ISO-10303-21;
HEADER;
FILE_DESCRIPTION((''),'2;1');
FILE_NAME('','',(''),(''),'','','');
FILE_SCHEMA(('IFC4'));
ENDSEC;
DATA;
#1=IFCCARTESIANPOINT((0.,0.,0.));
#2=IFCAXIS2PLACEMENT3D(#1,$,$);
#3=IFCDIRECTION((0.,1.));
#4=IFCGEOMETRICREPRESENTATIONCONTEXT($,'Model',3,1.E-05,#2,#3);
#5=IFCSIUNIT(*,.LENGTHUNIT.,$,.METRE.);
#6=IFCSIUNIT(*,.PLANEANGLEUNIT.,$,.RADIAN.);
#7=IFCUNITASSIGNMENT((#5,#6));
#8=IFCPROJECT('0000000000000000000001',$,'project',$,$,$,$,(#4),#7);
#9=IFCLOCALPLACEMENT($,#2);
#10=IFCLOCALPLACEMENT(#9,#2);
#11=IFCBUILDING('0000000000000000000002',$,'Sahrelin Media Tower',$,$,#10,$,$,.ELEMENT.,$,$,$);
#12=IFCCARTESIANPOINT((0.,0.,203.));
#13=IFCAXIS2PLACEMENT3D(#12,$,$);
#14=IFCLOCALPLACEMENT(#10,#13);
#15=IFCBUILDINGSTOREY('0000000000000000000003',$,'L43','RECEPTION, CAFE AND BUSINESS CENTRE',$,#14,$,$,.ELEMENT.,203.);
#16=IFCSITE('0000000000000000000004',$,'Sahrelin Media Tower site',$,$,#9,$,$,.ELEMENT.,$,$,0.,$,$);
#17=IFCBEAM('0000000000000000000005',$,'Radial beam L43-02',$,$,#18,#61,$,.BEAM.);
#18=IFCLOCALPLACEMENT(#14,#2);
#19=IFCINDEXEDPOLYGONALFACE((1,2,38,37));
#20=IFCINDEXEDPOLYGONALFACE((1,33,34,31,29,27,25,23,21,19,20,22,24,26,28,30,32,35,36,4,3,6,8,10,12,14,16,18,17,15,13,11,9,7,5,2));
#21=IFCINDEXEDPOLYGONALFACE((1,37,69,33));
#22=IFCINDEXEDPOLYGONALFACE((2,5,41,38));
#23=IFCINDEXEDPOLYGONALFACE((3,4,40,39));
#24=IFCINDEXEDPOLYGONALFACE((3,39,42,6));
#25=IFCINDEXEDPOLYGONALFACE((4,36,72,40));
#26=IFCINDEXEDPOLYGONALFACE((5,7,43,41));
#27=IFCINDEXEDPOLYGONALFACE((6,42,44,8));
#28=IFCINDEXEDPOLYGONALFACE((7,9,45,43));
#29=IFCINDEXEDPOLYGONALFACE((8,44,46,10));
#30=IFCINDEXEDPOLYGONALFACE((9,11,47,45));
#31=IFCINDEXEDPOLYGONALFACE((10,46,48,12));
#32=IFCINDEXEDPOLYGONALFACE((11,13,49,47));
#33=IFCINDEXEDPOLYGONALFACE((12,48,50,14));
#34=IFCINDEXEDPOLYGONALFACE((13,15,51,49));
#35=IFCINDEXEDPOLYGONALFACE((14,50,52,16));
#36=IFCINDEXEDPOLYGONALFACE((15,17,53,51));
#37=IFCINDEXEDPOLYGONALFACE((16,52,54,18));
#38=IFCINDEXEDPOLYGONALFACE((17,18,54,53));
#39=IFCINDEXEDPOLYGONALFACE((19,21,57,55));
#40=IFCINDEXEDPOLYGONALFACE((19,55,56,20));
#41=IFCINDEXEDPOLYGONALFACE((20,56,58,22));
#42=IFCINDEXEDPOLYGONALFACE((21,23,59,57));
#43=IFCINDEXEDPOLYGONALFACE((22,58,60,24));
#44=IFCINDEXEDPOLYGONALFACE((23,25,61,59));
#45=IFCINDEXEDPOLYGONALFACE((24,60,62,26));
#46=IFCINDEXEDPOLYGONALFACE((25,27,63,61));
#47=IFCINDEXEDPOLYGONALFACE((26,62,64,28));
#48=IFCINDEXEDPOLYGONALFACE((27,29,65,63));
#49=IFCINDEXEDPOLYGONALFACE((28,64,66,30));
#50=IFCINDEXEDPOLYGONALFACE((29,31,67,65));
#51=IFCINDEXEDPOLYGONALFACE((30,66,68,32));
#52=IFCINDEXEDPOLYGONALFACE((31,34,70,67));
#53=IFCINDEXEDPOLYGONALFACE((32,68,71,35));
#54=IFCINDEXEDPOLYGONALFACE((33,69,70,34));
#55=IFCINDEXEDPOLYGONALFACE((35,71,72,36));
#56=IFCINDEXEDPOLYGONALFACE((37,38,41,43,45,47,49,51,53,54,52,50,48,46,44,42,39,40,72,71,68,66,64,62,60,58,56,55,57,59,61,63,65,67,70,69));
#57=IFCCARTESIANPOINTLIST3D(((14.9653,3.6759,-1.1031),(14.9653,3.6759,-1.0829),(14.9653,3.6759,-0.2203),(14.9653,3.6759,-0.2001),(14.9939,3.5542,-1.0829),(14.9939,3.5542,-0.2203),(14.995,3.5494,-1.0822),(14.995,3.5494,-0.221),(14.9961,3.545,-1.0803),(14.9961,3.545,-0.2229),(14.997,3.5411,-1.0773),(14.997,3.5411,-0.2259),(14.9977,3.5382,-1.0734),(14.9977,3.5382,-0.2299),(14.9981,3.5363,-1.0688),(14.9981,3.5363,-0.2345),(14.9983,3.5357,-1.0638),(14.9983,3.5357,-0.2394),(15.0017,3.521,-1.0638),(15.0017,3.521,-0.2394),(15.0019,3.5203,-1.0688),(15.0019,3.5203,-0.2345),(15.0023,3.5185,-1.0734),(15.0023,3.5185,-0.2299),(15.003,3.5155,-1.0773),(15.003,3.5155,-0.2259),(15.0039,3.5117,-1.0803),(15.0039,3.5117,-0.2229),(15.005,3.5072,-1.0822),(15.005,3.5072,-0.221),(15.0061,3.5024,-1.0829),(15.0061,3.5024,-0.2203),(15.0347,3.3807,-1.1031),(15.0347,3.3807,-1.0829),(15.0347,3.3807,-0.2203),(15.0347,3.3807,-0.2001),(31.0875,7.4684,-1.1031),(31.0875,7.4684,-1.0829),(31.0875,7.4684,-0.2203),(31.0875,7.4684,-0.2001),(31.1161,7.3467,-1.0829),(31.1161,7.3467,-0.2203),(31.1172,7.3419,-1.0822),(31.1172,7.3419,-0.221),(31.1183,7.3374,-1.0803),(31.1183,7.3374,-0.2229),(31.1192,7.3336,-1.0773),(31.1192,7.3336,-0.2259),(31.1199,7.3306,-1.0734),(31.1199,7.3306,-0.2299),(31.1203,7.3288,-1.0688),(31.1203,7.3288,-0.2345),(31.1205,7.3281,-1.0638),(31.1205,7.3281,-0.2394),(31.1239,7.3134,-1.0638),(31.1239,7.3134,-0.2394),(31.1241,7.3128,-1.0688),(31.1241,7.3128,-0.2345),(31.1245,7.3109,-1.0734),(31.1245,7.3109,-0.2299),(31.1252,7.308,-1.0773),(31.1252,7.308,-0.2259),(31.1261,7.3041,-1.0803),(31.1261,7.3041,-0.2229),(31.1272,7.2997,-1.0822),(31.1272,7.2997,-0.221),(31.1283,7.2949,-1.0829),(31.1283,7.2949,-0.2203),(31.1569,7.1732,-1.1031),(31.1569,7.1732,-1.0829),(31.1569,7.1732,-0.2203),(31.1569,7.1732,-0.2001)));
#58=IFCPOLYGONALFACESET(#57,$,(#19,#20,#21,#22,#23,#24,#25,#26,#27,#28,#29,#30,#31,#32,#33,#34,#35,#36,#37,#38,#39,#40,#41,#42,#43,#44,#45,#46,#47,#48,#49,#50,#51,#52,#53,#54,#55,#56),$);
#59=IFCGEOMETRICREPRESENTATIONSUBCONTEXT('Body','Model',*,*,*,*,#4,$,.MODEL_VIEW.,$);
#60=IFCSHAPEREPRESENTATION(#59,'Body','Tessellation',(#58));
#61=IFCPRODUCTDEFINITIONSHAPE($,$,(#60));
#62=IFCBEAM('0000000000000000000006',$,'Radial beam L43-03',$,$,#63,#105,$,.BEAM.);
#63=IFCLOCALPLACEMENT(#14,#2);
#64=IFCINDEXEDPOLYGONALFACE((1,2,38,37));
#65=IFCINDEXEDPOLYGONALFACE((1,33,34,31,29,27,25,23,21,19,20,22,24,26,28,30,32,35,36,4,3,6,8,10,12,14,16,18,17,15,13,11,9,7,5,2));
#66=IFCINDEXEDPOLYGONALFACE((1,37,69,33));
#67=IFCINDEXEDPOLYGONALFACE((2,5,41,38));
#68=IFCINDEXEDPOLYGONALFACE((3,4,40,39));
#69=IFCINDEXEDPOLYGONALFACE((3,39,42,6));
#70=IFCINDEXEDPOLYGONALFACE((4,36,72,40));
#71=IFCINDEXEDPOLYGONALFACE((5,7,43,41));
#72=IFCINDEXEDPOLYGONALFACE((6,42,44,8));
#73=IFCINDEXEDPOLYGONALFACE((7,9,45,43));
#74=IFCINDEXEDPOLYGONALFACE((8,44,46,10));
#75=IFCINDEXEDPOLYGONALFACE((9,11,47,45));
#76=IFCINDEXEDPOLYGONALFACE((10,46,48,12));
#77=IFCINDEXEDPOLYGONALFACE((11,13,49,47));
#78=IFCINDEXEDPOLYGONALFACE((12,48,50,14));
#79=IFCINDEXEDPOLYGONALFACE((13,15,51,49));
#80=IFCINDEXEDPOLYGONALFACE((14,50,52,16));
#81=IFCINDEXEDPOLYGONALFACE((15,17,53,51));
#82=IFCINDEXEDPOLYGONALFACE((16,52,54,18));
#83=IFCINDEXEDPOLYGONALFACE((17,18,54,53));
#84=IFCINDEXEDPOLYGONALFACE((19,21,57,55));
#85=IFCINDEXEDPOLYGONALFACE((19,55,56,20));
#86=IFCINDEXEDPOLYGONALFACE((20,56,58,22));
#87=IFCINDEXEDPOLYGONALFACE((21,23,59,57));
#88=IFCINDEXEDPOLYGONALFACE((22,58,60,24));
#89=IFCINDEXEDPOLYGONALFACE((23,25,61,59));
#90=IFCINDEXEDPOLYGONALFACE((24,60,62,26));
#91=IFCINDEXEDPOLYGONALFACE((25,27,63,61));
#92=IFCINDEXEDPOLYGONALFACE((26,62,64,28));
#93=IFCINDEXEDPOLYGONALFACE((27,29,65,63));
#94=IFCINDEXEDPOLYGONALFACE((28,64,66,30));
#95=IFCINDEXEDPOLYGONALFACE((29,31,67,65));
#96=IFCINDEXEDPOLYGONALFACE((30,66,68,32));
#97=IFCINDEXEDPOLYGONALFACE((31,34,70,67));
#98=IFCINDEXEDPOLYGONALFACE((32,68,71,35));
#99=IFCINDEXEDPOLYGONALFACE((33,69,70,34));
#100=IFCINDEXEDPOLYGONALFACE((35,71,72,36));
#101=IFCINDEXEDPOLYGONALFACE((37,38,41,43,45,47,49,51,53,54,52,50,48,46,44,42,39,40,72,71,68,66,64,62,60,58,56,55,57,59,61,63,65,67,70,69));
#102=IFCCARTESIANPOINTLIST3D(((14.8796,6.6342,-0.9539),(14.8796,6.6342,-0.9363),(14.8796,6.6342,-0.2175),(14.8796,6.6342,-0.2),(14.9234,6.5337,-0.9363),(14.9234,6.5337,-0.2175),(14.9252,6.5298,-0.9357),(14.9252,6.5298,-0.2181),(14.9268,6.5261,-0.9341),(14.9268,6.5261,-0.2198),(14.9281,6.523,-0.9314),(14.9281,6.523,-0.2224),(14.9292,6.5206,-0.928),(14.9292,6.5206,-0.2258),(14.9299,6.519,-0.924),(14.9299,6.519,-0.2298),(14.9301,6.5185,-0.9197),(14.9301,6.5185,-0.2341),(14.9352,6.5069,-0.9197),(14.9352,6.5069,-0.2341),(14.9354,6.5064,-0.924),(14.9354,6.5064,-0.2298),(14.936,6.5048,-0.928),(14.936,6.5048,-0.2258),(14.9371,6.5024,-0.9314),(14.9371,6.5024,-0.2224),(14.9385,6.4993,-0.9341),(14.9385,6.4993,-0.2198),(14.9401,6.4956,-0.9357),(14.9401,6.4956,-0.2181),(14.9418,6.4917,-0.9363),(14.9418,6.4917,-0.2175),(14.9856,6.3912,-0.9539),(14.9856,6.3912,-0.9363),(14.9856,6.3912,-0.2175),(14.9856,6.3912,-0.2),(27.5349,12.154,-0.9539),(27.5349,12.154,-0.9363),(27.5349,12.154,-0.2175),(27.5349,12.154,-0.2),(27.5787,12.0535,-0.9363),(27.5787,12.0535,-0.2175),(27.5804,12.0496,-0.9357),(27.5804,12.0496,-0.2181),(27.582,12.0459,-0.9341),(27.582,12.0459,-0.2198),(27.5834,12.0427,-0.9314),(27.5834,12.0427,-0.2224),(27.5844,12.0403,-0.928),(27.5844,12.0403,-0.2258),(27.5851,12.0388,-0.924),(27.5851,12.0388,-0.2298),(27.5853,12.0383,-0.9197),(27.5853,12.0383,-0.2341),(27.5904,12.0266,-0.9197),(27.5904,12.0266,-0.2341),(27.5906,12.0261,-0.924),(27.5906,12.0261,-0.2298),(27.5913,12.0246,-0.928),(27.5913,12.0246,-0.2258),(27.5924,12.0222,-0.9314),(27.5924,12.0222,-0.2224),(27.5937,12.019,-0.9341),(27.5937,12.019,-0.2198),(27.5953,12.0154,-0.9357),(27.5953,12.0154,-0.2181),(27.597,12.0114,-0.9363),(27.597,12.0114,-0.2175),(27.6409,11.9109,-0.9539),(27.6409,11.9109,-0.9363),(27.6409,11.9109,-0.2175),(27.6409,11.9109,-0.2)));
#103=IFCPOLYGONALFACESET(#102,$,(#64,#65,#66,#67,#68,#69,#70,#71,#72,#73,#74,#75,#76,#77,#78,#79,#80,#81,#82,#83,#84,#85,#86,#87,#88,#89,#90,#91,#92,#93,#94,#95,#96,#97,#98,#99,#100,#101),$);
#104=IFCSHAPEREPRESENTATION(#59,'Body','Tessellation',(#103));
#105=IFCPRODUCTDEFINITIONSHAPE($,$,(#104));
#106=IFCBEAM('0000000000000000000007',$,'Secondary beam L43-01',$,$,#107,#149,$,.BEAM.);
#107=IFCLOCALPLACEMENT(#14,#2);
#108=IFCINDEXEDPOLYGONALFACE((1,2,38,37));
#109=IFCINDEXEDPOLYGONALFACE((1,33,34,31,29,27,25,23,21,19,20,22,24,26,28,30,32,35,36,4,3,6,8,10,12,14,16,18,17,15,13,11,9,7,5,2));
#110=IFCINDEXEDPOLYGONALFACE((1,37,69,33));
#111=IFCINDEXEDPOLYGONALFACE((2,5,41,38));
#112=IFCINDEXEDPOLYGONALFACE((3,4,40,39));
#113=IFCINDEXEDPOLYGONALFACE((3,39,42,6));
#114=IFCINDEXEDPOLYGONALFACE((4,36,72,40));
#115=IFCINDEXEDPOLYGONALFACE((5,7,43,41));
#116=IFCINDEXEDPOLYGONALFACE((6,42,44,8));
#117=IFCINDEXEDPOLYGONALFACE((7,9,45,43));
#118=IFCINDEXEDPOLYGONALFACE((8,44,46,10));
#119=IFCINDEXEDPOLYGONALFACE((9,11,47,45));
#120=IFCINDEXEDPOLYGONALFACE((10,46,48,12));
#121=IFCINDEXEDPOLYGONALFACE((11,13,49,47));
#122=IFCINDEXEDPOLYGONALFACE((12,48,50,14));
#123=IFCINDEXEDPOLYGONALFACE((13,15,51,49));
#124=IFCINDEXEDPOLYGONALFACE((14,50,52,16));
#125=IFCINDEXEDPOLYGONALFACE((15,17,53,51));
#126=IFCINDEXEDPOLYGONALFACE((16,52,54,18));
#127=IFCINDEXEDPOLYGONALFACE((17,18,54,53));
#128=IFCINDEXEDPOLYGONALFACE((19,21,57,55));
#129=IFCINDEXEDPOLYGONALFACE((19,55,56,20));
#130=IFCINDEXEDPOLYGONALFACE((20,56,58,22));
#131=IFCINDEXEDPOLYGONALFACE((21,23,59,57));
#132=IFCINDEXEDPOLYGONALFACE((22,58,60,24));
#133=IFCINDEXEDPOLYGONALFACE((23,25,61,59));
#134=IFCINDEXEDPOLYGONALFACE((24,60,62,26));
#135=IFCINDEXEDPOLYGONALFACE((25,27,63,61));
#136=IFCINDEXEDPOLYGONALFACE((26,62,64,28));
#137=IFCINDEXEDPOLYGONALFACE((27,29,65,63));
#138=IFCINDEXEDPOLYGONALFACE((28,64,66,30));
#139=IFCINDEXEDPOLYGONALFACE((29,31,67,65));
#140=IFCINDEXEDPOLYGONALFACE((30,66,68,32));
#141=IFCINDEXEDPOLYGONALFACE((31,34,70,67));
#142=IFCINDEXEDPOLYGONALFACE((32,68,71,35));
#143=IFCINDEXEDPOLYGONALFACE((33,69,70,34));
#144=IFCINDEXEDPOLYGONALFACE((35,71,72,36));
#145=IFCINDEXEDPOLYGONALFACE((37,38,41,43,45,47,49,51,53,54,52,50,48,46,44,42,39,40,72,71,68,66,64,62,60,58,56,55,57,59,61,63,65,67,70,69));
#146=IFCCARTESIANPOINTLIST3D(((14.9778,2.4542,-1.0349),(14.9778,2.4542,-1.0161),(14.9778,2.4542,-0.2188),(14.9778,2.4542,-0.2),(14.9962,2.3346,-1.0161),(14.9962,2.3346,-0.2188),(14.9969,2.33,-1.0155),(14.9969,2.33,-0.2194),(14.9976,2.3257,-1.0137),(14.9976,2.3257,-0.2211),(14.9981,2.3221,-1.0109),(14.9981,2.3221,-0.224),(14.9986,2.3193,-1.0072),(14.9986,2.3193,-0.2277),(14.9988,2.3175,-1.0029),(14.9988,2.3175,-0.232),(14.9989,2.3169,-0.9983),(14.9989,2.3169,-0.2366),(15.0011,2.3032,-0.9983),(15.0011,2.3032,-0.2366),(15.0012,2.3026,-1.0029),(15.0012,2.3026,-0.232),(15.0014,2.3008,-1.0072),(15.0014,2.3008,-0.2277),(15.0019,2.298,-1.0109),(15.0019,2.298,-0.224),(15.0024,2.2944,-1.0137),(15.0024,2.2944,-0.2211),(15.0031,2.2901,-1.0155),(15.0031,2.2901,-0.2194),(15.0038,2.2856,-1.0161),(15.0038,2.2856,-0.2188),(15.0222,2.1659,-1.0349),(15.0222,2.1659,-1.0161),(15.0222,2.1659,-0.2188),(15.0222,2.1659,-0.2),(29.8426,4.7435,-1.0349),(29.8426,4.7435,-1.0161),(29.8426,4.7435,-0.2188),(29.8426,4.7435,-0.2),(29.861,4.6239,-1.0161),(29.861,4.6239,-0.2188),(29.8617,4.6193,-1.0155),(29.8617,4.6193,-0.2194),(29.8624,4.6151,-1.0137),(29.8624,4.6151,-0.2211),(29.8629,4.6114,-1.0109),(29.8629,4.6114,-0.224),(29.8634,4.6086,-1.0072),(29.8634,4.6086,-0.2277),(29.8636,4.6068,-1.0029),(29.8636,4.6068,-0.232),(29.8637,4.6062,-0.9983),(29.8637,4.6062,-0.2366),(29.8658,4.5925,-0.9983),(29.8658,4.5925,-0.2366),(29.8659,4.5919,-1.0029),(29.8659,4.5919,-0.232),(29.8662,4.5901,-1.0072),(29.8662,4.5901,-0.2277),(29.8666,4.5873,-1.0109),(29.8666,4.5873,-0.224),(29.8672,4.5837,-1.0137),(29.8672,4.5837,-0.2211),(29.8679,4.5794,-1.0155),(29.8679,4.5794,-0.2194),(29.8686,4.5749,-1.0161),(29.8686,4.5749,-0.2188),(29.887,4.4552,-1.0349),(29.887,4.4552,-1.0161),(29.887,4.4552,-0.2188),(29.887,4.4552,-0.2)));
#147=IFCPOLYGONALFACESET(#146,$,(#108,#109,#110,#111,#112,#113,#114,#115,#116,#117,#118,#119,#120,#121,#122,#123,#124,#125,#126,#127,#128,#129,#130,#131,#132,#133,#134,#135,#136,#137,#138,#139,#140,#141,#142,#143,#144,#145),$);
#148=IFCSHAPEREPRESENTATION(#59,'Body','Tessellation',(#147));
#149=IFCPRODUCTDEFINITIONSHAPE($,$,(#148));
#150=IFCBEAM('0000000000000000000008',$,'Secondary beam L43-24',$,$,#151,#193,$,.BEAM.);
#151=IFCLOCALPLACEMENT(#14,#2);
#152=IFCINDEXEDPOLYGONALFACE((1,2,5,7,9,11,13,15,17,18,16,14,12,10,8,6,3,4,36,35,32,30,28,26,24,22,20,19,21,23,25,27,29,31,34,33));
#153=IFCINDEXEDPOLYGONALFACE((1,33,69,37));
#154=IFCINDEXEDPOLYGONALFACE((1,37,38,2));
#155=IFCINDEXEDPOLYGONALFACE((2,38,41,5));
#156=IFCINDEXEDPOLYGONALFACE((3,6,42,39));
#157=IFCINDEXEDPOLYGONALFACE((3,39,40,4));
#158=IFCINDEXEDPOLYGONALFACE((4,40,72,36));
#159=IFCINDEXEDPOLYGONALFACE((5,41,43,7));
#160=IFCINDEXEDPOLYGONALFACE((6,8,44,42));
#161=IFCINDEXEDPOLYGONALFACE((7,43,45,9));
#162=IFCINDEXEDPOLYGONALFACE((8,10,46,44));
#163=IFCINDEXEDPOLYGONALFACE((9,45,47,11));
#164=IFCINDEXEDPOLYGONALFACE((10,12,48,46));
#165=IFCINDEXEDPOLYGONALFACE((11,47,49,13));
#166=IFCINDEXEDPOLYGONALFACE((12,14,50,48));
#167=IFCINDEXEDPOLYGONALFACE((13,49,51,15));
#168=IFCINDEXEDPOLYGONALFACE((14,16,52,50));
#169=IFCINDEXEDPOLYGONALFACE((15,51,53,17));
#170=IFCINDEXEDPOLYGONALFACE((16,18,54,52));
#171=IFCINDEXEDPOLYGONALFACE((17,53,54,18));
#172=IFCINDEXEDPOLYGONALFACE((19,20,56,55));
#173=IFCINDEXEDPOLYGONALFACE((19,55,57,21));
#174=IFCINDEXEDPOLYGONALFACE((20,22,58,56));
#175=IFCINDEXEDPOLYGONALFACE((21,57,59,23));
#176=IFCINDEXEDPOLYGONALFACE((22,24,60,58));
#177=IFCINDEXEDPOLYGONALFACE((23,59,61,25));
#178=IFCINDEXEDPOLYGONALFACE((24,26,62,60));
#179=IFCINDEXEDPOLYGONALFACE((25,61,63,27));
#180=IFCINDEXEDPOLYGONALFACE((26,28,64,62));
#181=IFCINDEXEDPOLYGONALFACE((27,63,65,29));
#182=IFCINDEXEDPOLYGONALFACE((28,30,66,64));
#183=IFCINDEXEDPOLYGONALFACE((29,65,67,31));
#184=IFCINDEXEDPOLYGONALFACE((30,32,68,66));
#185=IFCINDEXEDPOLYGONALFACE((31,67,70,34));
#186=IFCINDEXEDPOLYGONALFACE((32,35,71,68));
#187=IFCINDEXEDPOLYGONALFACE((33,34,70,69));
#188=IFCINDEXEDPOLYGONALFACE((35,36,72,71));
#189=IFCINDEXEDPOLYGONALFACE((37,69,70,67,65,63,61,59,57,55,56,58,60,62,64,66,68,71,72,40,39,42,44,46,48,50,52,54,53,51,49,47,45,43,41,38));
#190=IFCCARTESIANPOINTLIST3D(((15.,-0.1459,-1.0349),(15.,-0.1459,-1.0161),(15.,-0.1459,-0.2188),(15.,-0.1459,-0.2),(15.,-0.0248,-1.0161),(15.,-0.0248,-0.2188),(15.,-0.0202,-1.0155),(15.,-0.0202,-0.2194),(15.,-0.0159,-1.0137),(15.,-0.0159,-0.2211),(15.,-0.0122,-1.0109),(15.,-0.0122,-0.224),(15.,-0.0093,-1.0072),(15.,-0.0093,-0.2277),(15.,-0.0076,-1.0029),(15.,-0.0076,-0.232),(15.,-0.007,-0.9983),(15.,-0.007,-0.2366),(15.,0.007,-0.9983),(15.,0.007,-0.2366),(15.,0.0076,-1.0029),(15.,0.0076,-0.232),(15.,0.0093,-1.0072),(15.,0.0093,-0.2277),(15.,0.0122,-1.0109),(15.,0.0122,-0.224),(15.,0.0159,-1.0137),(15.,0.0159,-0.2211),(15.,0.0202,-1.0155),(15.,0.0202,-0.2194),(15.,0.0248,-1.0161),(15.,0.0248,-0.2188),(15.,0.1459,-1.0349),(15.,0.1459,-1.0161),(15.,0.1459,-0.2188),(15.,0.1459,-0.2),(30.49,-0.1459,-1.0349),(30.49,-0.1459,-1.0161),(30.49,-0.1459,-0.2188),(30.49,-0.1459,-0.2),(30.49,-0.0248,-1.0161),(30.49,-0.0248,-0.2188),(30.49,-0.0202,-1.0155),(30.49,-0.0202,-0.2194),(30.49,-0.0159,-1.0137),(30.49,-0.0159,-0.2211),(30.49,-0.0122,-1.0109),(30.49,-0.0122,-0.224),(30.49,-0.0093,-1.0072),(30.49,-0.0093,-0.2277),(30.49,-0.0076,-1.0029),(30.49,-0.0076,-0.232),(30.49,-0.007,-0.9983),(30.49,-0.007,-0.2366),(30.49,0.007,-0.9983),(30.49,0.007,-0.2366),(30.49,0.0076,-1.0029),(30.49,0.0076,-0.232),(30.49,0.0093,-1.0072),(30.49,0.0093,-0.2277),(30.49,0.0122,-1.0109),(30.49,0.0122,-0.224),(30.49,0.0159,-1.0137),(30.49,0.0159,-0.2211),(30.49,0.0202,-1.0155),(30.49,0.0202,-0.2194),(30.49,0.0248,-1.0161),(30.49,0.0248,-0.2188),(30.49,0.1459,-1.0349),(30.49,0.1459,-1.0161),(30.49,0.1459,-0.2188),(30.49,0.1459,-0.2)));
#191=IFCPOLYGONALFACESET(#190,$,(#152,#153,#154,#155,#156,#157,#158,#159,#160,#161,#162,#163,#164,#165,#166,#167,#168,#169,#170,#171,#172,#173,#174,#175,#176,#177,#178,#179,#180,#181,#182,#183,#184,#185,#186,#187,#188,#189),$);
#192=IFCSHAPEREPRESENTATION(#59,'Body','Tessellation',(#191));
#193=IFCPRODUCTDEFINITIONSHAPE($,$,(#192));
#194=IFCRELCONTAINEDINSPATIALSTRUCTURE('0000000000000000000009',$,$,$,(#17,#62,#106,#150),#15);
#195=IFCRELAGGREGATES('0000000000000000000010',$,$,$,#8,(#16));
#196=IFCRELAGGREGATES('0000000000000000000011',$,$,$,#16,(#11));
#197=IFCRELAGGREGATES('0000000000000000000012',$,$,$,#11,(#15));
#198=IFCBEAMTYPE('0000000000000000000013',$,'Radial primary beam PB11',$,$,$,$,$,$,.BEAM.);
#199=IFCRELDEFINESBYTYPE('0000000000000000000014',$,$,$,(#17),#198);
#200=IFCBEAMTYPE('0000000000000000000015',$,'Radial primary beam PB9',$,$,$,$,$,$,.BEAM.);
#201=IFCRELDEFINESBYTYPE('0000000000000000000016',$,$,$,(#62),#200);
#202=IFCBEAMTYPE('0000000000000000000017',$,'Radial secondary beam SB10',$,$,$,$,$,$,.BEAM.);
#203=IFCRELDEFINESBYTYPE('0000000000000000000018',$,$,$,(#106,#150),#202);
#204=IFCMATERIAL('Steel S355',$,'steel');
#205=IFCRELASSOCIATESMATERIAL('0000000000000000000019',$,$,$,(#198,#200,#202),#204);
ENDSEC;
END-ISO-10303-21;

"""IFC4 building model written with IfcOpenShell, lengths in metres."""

from ifc_helpers import new_model, si_unit, direction, frame, origin, origin_2d, place, context, subcontext, project, spatial, i_section, extrude, material, material_profile, profile_set, type_object, element, save


model = new_model("IFC4")

# Units and contexts
model_context = context("Model", 3, precision=1e-05, world=origin(), true_north=direction((0.0, 1.0)))
body_context = subcontext(model_context, "Body", "Model", "MODEL_VIEW")
ifc_project = project(units=[si_unit("LENGTHUNIT", "METRE"), si_unit("PLANEANGLEUNIT", "RADIAN")], contexts=[model_context])

# Site, building, storey
site_placement = place(None, origin())
site = spatial("IfcSite", under=ifc_project, at=site_placement, Name="Sahrelin Media Tower site", CompositionType="ELEMENT", RefElevation=0.0)
building_placement = place(site_placement, origin())
building = spatial("IfcBuilding", under=site, at=building_placement, Name="Sahrelin Media Tower", CompositionType="ELEMENT")
storey_placement = place(building_placement, frame((0.0, 0.0, 203.0)))
storey = spatial("IfcBuildingStorey", under=building, at=storey_placement, Name="L43", Description="RECEPTION, CAFE AND BUSINESS CENTRE", CompositionType="ELEMENT", Elevation=203.0)

# Shared definitions
ifc_material_1 = material(Name="Steel S355", Category="steel")

# Beams
ifc_material_profile_1 = material_profile(ifc_material_1, i_section(OverallWidth=0.3032, OverallDepth=0.9031, WebThickness=0.0151, FlangeThickness=0.0203, FilletRadius=0.019, at=origin_2d()), Name="UB 914x305x201")
ifc_profile_set_1 = profile_set([ifc_material_profile_1], Name="Steel S355")
beam_type_1 = type_object("IfcBeamType", Name="Radial primary beam PB11", PredefinedType="BEAM", material=ifc_profile_set_1)
beam_1_placement = place(storey_placement, frame((15.0, 3.5283, -0.6516), z_axis=(0.973431, 0.228982, 0.0), x_axis=(-0.228982, 0.973431, 0.0)))
element("IfcBeam", 1, at=beam_1_placement, inside=storey, type_object=beam_type_1, Name="Radial beam L43-02", PredefinedType="BEAM", context=body_context, shape_type="SweptSolid", body=[
    extrude(i_section(OverallWidth=0.3032, OverallDepth=0.9031, WebThickness=0.0151, FlangeThickness=0.0203, FilletRadius=0.019, at=origin_2d()), origin(), (0.0, 0.0, 1.0), 16.5623),
])
ifc_material_profile_2 = material_profile(ifc_material_1, i_section(OverallWidth=0.2651, OverallDepth=0.7539, WebThickness=0.0127, FlangeThickness=0.0176, FilletRadius=0.0166, at=origin_2d()), Name="UB 762x267x147")
ifc_profile_set_2 = profile_set([ifc_material_profile_2], Name="Steel S355")
beam_type_2 = type_object("IfcBeamType", Name="Radial primary beam PB9", PredefinedType="BEAM", material=ifc_profile_set_2)
beam_2_placement = place(storey_placement, frame((14.9326, 6.5127, -0.5769), z_axis=(0.916606, 0.399791, 0.0), x_axis=(-0.399791, 0.916606, 0.0)))
element("IfcBeam", 2, at=beam_2_placement, inside=storey, type_object=beam_type_2, Name="Radial beam L43-03", PredefinedType="BEAM", context=body_context, shape_type="SweptSolid", body=[
    extrude(i_section(OverallWidth=0.2651, OverallDepth=0.7539, WebThickness=0.0127, FlangeThickness=0.0176, FilletRadius=0.0166, at=origin_2d()), origin(), (0.0, 0.0, 1.0), 13.8066),
])
ifc_material_profile_3 = material_profile(ifc_material_1, i_section(OverallWidth=0.2917, OverallDepth=0.835, WebThickness=0.0139, FlangeThickness=0.0188, FilletRadius=0.0178, at=origin_2d()), Name="UB 838x292x176")
ifc_profile_set_3 = profile_set([ifc_material_profile_3], Name="Steel S355")
beam_type_3 = type_object("IfcBeamType", Name="Radial secondary beam SB10", PredefinedType="BEAM", material=ifc_profile_set_3)
beam_3_placement = place(storey_placement, frame((15.0, 2.3101, -0.6174), z_axis=(0.988347, 0.152215, 0.0), x_axis=(-0.152215, 0.988347, 0.0)))
element("IfcBeam", 3, at=beam_3_placement, inside=storey, type_object=beam_type_3, Name="Secondary beam L43-01", PredefinedType="BEAM", context=body_context, shape_type="SweptSolid", body=[
    extrude(i_section(OverallWidth=0.2917, OverallDepth=0.835, WebThickness=0.0139, FlangeThickness=0.0188, FilletRadius=0.0178, at=origin_2d()), origin(), (0.0, 0.0, 1.0), 15.04),
])
beam_4_placement = place(storey_placement, frame((15.0, 0.0, -0.6174), z_axis=(1.0, 0.0, 0.0), x_axis=(0.0, 1.0, 0.0)))
element("IfcBeam", 4, at=beam_4_placement, inside=storey, type_object=beam_type_3, Name="Secondary beam L43-24", PredefinedType="BEAM", context=body_context, shape_type="SweptSolid", body=[
    extrude(i_section(OverallWidth=0.2917, OverallDepth=0.835, WebThickness=0.0139, FlangeThickness=0.0188, FilletRadius=0.0178, at=origin_2d()), origin(), (0.0, 0.0, 1.0), 15.49),
])

save(model, "model.ifc")
